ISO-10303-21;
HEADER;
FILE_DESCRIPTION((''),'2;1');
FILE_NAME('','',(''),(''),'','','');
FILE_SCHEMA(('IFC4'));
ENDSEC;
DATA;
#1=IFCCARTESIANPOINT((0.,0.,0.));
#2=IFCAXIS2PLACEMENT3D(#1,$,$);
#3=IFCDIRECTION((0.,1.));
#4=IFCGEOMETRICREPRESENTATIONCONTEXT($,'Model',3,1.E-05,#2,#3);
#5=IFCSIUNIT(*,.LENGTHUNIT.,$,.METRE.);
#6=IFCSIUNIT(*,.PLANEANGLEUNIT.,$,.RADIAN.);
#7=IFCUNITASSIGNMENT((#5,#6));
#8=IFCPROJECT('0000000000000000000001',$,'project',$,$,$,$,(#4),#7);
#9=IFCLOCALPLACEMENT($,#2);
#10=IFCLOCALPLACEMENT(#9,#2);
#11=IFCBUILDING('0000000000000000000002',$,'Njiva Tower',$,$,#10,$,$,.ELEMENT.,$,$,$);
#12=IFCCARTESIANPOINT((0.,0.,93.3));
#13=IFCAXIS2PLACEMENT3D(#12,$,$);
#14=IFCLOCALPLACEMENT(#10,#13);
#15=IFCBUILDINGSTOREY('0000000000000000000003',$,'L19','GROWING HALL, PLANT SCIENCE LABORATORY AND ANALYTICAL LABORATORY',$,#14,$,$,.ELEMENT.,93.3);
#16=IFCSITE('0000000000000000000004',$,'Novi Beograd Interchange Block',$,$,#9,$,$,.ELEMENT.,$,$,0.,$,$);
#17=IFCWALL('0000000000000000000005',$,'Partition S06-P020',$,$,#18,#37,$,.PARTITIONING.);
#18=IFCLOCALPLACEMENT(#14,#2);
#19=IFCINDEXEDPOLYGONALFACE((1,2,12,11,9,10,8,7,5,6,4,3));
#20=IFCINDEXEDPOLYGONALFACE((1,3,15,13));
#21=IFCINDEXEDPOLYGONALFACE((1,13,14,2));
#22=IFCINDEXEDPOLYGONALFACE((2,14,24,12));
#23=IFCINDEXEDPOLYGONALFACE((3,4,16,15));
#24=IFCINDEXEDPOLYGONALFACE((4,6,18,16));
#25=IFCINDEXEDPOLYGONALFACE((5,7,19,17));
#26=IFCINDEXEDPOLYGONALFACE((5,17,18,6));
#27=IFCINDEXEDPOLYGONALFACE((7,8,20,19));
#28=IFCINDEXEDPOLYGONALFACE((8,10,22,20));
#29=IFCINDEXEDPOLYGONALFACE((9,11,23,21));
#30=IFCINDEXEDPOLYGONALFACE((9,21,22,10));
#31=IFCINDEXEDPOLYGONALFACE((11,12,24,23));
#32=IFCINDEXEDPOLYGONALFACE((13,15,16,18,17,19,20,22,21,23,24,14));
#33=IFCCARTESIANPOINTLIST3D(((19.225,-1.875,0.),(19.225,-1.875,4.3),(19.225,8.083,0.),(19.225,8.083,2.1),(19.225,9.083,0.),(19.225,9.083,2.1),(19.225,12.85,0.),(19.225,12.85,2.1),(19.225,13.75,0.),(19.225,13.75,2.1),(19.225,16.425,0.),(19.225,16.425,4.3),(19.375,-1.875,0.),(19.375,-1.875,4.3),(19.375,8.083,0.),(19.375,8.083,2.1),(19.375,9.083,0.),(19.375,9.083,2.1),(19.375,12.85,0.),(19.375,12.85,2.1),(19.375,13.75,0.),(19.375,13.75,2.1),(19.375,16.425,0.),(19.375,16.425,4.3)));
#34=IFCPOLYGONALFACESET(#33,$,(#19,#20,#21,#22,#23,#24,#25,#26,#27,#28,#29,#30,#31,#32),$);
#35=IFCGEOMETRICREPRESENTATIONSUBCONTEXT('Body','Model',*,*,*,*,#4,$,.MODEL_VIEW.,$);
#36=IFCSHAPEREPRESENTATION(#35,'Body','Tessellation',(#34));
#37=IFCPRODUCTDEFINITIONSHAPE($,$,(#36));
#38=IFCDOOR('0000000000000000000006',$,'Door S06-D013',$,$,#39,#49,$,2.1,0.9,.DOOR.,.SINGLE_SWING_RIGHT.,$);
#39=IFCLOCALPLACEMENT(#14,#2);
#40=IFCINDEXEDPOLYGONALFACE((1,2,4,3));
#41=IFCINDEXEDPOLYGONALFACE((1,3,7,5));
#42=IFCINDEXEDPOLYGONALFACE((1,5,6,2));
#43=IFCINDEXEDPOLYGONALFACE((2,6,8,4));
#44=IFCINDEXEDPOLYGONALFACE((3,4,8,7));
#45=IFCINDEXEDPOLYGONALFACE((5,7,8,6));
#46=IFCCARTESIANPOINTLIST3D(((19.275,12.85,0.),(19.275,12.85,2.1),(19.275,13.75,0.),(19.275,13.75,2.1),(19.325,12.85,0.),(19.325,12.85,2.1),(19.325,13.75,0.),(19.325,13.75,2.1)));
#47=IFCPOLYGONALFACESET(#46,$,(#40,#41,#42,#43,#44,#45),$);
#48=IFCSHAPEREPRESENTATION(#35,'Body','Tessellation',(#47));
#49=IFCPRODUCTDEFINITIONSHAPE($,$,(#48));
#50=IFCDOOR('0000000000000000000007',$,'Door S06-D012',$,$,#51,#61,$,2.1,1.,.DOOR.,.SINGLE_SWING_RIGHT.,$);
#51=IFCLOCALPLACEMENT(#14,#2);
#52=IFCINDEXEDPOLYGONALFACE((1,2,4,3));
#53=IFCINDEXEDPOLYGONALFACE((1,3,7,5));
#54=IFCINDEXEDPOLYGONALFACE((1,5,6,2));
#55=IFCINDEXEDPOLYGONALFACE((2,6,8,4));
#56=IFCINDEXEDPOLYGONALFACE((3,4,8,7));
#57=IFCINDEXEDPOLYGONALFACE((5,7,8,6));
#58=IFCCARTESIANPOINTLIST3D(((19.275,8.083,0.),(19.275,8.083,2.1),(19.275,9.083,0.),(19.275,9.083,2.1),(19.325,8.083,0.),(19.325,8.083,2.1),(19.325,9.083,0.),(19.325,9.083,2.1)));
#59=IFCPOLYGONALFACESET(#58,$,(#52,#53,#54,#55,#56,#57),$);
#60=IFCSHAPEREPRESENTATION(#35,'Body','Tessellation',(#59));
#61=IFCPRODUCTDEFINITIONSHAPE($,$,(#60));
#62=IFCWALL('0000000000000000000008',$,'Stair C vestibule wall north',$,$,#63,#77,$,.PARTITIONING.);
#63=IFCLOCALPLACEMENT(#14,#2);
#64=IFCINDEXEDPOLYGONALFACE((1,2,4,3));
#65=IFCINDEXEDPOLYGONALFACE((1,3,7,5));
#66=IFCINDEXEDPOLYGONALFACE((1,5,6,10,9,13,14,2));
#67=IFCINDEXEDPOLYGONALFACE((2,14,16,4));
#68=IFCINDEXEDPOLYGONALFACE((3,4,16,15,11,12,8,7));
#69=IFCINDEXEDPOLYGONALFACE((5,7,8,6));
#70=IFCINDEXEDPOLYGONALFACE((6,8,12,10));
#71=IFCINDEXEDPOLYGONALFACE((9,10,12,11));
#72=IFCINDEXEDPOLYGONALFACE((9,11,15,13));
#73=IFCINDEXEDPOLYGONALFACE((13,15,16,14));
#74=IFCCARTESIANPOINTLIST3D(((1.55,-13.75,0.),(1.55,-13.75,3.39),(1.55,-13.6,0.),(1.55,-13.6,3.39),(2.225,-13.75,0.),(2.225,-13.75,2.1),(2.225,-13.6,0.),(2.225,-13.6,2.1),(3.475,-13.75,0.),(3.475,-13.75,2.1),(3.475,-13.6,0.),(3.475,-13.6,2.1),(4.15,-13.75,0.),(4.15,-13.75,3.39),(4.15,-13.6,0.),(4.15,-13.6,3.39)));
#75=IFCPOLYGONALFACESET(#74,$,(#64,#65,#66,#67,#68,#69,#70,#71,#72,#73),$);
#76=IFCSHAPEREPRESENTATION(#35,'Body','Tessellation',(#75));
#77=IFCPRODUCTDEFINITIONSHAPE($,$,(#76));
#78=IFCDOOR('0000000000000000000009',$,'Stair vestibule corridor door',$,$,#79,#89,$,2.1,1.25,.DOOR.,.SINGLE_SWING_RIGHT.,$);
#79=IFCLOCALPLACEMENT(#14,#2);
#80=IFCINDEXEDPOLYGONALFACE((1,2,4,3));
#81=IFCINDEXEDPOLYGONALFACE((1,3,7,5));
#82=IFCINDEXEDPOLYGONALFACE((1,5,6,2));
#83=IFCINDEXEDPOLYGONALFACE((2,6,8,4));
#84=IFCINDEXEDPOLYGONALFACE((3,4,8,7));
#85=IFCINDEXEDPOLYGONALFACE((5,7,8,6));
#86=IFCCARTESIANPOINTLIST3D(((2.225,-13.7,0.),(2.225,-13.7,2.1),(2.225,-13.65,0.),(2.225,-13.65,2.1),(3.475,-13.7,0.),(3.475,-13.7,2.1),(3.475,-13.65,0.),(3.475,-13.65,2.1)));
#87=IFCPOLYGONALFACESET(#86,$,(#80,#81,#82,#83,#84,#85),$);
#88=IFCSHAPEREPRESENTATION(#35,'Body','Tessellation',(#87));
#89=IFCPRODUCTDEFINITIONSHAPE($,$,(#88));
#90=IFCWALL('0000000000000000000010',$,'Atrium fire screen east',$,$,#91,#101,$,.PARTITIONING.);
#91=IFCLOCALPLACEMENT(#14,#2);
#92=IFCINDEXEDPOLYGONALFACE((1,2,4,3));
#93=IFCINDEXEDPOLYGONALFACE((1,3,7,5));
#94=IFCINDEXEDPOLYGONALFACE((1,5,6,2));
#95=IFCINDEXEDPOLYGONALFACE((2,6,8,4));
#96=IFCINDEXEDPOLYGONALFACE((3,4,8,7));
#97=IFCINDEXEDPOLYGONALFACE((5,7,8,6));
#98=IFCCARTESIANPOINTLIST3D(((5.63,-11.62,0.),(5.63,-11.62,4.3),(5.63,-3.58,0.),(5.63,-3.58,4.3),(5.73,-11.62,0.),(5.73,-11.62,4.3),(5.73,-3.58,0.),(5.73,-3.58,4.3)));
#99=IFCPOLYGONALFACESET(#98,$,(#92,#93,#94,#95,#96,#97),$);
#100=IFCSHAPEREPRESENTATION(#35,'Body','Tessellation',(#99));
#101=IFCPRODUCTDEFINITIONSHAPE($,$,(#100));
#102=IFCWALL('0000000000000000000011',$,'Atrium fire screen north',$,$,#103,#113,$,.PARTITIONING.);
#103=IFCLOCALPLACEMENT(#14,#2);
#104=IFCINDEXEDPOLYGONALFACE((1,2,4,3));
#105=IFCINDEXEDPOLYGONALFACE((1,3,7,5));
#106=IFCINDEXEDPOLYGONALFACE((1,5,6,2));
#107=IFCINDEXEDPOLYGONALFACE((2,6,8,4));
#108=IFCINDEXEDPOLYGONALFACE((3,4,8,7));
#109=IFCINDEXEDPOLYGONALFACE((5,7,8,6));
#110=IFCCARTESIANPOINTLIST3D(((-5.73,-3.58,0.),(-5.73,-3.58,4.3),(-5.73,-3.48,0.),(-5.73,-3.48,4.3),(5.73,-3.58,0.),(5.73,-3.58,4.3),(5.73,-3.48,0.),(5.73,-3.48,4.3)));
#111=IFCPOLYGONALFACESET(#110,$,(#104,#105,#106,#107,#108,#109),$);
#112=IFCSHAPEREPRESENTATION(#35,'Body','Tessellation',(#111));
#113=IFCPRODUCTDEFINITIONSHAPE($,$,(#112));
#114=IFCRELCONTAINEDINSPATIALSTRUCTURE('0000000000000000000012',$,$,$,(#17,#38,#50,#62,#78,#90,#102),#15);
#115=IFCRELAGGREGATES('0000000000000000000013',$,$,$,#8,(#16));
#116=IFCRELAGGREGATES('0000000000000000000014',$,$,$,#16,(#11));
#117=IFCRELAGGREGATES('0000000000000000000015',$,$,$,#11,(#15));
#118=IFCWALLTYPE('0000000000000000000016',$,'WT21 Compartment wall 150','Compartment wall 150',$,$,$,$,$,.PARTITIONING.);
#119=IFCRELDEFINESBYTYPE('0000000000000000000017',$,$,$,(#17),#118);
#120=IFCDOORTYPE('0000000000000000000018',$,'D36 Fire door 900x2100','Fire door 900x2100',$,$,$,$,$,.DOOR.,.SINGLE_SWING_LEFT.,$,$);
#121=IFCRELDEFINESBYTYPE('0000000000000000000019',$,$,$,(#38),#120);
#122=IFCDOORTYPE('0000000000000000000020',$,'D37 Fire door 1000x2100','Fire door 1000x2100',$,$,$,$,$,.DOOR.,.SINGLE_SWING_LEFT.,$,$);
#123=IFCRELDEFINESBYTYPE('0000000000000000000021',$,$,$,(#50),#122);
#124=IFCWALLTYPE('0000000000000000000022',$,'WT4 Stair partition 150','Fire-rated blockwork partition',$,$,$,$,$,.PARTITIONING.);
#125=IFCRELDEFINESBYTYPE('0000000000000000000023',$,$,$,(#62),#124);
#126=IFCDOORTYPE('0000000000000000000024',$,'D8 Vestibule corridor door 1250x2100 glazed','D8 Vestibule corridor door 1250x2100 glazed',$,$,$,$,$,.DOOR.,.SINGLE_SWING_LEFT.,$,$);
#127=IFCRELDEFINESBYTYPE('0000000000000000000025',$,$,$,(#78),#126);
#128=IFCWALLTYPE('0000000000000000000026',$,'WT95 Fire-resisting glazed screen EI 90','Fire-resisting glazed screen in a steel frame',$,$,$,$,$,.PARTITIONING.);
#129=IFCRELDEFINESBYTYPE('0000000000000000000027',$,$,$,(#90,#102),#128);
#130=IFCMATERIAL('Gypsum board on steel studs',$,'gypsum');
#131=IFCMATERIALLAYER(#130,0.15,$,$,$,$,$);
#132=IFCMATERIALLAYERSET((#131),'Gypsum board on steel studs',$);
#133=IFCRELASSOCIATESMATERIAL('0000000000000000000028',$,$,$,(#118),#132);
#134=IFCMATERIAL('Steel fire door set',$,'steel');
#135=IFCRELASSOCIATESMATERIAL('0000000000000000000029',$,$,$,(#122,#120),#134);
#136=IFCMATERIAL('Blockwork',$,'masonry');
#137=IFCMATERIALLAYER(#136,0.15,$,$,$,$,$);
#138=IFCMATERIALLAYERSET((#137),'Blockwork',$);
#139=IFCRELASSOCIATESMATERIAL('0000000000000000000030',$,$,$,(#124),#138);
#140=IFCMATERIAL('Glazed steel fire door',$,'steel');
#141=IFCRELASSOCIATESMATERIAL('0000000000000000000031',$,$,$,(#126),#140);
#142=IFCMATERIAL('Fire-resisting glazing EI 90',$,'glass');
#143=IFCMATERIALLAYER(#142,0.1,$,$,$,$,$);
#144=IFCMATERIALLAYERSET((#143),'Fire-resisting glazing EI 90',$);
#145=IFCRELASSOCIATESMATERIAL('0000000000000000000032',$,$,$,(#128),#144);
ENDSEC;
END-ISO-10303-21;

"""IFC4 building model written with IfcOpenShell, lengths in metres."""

from ifc_helpers import new_model, si_unit, direction, frame, frame_2d, origin, place, context, subcontext, project, spatial, rectangle, extrude, material, layer, layer_set, type_object, element, fill, save


model = new_model("IFC4")

# Units and contexts
model_context = context("Model", 3, precision=1e-05, world=origin(), true_north=direction((0.0, 1.0)))
body_context = subcontext(model_context, "Body", "Model", "MODEL_VIEW")
ifc_project = project(units=[si_unit("LENGTHUNIT", "METRE"), si_unit("PLANEANGLEUNIT", "RADIAN")], contexts=[model_context])

# Site, building, storey
site_placement = place(None, origin())
site = spatial("IfcSite", under=ifc_project, at=site_placement, Name="Novi Beograd Interchange Block", CompositionType="ELEMENT", RefElevation=0.0)
building_placement = place(site_placement, origin())
building = spatial("IfcBuilding", under=site, at=building_placement, Name="Njiva Tower", CompositionType="ELEMENT")
storey_placement = place(building_placement, frame((0.0, 0.0, 93.3)))
storey = spatial("IfcBuildingStorey", under=building, at=storey_placement, Name="L19", Description="GROWING HALL, PLANT SCIENCE LABORATORY AND ANALYTICAL LABORATORY", CompositionType="ELEMENT", Elevation=93.3)

# Shared definitions
ifc_material_1 = material(Name="Gypsum board on steel studs", Category="gypsum")
ifc_layer_1 = layer(ifc_material_1, 0.15)
ifc_layer_set_1 = layer_set([ifc_layer_1], Name="Gypsum board on steel studs")
wall_type_1 = type_object("IfcWallType", Name="WT21 Compartment wall 150", Description="Compartment wall 150", PredefinedType="PARTITIONING", material=ifc_layer_set_1)
ifc_material_2 = material(Name="Steel fire door set", Category="steel")
door_type_1 = type_object("IfcDoorType", Name="D37 Fire door 1000x2100", Description="Fire door 1000x2100", OperationType="SINGLE_SWING_LEFT", PredefinedType="DOOR", material=ifc_material_2)

# Wall, openings, doors
wall_1_placement = place(storey_placement, frame((19.3, -1.875, 0.0), z_axis=(0.0, 0.0, 1.0), x_axis=(0.0, 1.0, 0.0)))
wall_1 = element("IfcWall", 1, at=wall_1_placement, inside=storey, type_object=wall_type_1, Name="Partition S06-P020", PredefinedType="PARTITIONING", context=body_context, shape_type="SweptSolid", body=[
    extrude(rectangle(XDim=18.3, YDim=0.15, at=frame_2d((9.15, 0.0))), origin(), (0.0, 0.0, 1.0), 4.3),
])
opening_1_placement = place(wall_1_placement, frame((9.958, 0.0, 0.0)))
opening_1 = element("IfcOpeningElement", 2, at=opening_1_placement, cuts=wall_1, PredefinedType="OPENING", context=body_context, shape_type="SweptSolid", body=[
    extrude(rectangle(XDim=1.0, YDim=2.1, at=frame_2d((0.5, 1.05))), frame((0.0, 0.085, 0.0), z_axis=(0.0, -1.0, 0.0), x_axis=(1.0, 0.0, 0.0)), (0.0, 0.0, 1.0), 0.17),
])
opening_2_placement = place(wall_1_placement, frame((14.725, 0.0, 0.0)))
opening_2 = element("IfcOpeningElement", 3, at=opening_2_placement, cuts=wall_1, PredefinedType="OPENING", context=body_context, shape_type="SweptSolid", body=[
    extrude(rectangle(XDim=0.9, YDim=2.1, at=frame_2d((0.45, 1.05))), frame((0.0, 0.085, 0.0), z_axis=(0.0, -1.0, 0.0), x_axis=(1.0, 0.0, 0.0)), (0.0, 0.0, 1.0), 0.17),
])
door_type_2 = type_object("IfcDoorType", Name="D36 Fire door 900x2100", Description="Fire door 900x2100", OperationType="SINGLE_SWING_LEFT", PredefinedType="DOOR", material=ifc_material_2)
door_1_placement = place(opening_2_placement, origin())
door_1 = element("IfcDoor", 4, at=door_1_placement, inside=storey, type_object=door_type_2, Name="Door S06-D013", OperationType="SINGLE_SWING_RIGHT", OverallHeight=2.1, OverallWidth=0.9, PredefinedType="DOOR", context=body_context, shape_type="SweptSolid", body=[
    extrude(rectangle(XDim=0.9, YDim=2.1, at=frame_2d((0.45, 1.05))), frame((0.0, 0.025, 0.0), z_axis=(0.0, -1.0, 0.0), x_axis=(1.0, 0.0, 0.0)), (0.0, 0.0, 1.0), 0.05),
])
fill(opening_2, door_1)
door_2_placement = place(opening_1_placement, origin())
door_2 = element("IfcDoor", 5, at=door_2_placement, inside=storey, type_object=door_type_1, Name="Door S06-D012", OperationType="SINGLE_SWING_RIGHT", OverallHeight=2.1, OverallWidth=1.0, PredefinedType="DOOR", context=body_context, shape_type="SweptSolid", body=[
    extrude(rectangle(XDim=1.0, YDim=2.1, at=frame_2d((0.5, 1.05))), frame((0.0, 0.025, 0.0), z_axis=(0.0, -1.0, 0.0), x_axis=(1.0, 0.0, 0.0)), (0.0, 0.0, 1.0), 0.05),
])
fill(opening_1, door_2)

# Wall, opening, door
ifc_material_3 = material(Name="Blockwork", Category="masonry")
ifc_layer_2 = layer(ifc_material_3, 0.15)
ifc_layer_set_2 = layer_set([ifc_layer_2], Name="Blockwork")
wall_type_2 = type_object("IfcWallType", Name="WT4 Stair partition 150", Description="Fire-rated blockwork partition", PredefinedType="PARTITIONING", material=ifc_layer_set_2)
wall_2_placement = place(storey_placement, frame((1.55, -13.675, 0.0), z_axis=(0.0, 0.0, 1.0), x_axis=(1.0, 0.0, 0.0)))
wall_2 = element("IfcWall", 6, at=wall_2_placement, inside=storey, type_object=wall_type_2, Name="Stair C vestibule wall north", PredefinedType="PARTITIONING", context=body_context, shape_type="SweptSolid", body=[
    extrude(rectangle(XDim=2.6, YDim=0.15, at=frame_2d((1.3, 0.0))), origin(), (0.0, 0.0, 1.0), 3.39),
])
opening_3_placement = place(wall_2_placement, frame((0.675, 0.0, 0.0)))
opening_3 = element("IfcOpeningElement", 7, at=opening_3_placement, cuts=wall_2, PredefinedType="OPENING", context=body_context, shape_type="SweptSolid", body=[
    extrude(rectangle(XDim=1.25, YDim=2.1, at=frame_2d((0.625, 1.05))), frame((0.0, 0.085, 0.0), z_axis=(0.0, -1.0, 0.0), x_axis=(1.0, 0.0, 0.0)), (0.0, 0.0, 1.0), 0.17),
])
ifc_material_4 = material(Name="Glazed steel fire door", Category="steel")
door_type_3 = type_object("IfcDoorType", Name="D8 Vestibule corridor door 1250x2100 glazed", Description="D8 Vestibule corridor door 1250x2100 glazed", OperationType="SINGLE_SWING_LEFT", PredefinedType="DOOR", material=ifc_material_4)
door_3_placement = place(opening_3_placement, origin())
door_3 = element("IfcDoor", 8, at=door_3_placement, inside=storey, type_object=door_type_3, Name="Stair vestibule corridor door", OperationType="SINGLE_SWING_RIGHT", OverallHeight=2.1, OverallWidth=1.25, PredefinedType="DOOR", context=body_context, shape_type="SweptSolid", body=[
    extrude(rectangle(XDim=1.25, YDim=2.1, at=frame_2d((0.625, 1.05))), frame((0.0, 0.025, 0.0), z_axis=(0.0, -1.0, 0.0), x_axis=(1.0, 0.0, 0.0)), (0.0, 0.0, 1.0), 0.05),
])
fill(opening_3, door_3)

# Walls
ifc_material_5 = material(Name="Fire-resisting glazing EI 90", Category="glass")
ifc_layer_3 = layer(ifc_material_5, 0.1)
ifc_layer_set_3 = layer_set([ifc_layer_3], Name="Fire-resisting glazing EI 90")
wall_type_3 = type_object("IfcWallType", Name="WT95 Fire-resisting glazed screen EI 90", Description="Fire-resisting glazed screen in a steel frame", PredefinedType="PARTITIONING", material=ifc_layer_set_3)
wall_3_placement = place(storey_placement, frame((5.68, -11.62, 0.0), z_axis=(0.0, 0.0, 1.0), x_axis=(0.0, 1.0, 0.0)))
element("IfcWall", 9, at=wall_3_placement, inside=storey, type_object=wall_type_3, Name="Atrium fire screen east", PredefinedType="PARTITIONING", context=body_context, shape_type="SweptSolid", body=[
    extrude(rectangle(XDim=8.04, YDim=0.1, at=frame_2d((4.02, 0.0))), origin(), (0.0, 0.0, 1.0), 4.3),
])
wall_4_placement = place(storey_placement, frame((5.73, -3.53, 0.0), z_axis=(0.0, 0.0, 1.0), x_axis=(-1.0, 0.0, 0.0)))
element("IfcWall", 10, at=wall_4_placement, inside=storey, type_object=wall_type_3, Name="Atrium fire screen north", PredefinedType="PARTITIONING", context=body_context, shape_type="SweptSolid", body=[
    extrude(rectangle(XDim=11.46, YDim=0.1, at=frame_2d((5.73, 0.0))), origin(), (0.0, 0.0, 1.0), 4.3),
])

save(model, "model.ifc")
